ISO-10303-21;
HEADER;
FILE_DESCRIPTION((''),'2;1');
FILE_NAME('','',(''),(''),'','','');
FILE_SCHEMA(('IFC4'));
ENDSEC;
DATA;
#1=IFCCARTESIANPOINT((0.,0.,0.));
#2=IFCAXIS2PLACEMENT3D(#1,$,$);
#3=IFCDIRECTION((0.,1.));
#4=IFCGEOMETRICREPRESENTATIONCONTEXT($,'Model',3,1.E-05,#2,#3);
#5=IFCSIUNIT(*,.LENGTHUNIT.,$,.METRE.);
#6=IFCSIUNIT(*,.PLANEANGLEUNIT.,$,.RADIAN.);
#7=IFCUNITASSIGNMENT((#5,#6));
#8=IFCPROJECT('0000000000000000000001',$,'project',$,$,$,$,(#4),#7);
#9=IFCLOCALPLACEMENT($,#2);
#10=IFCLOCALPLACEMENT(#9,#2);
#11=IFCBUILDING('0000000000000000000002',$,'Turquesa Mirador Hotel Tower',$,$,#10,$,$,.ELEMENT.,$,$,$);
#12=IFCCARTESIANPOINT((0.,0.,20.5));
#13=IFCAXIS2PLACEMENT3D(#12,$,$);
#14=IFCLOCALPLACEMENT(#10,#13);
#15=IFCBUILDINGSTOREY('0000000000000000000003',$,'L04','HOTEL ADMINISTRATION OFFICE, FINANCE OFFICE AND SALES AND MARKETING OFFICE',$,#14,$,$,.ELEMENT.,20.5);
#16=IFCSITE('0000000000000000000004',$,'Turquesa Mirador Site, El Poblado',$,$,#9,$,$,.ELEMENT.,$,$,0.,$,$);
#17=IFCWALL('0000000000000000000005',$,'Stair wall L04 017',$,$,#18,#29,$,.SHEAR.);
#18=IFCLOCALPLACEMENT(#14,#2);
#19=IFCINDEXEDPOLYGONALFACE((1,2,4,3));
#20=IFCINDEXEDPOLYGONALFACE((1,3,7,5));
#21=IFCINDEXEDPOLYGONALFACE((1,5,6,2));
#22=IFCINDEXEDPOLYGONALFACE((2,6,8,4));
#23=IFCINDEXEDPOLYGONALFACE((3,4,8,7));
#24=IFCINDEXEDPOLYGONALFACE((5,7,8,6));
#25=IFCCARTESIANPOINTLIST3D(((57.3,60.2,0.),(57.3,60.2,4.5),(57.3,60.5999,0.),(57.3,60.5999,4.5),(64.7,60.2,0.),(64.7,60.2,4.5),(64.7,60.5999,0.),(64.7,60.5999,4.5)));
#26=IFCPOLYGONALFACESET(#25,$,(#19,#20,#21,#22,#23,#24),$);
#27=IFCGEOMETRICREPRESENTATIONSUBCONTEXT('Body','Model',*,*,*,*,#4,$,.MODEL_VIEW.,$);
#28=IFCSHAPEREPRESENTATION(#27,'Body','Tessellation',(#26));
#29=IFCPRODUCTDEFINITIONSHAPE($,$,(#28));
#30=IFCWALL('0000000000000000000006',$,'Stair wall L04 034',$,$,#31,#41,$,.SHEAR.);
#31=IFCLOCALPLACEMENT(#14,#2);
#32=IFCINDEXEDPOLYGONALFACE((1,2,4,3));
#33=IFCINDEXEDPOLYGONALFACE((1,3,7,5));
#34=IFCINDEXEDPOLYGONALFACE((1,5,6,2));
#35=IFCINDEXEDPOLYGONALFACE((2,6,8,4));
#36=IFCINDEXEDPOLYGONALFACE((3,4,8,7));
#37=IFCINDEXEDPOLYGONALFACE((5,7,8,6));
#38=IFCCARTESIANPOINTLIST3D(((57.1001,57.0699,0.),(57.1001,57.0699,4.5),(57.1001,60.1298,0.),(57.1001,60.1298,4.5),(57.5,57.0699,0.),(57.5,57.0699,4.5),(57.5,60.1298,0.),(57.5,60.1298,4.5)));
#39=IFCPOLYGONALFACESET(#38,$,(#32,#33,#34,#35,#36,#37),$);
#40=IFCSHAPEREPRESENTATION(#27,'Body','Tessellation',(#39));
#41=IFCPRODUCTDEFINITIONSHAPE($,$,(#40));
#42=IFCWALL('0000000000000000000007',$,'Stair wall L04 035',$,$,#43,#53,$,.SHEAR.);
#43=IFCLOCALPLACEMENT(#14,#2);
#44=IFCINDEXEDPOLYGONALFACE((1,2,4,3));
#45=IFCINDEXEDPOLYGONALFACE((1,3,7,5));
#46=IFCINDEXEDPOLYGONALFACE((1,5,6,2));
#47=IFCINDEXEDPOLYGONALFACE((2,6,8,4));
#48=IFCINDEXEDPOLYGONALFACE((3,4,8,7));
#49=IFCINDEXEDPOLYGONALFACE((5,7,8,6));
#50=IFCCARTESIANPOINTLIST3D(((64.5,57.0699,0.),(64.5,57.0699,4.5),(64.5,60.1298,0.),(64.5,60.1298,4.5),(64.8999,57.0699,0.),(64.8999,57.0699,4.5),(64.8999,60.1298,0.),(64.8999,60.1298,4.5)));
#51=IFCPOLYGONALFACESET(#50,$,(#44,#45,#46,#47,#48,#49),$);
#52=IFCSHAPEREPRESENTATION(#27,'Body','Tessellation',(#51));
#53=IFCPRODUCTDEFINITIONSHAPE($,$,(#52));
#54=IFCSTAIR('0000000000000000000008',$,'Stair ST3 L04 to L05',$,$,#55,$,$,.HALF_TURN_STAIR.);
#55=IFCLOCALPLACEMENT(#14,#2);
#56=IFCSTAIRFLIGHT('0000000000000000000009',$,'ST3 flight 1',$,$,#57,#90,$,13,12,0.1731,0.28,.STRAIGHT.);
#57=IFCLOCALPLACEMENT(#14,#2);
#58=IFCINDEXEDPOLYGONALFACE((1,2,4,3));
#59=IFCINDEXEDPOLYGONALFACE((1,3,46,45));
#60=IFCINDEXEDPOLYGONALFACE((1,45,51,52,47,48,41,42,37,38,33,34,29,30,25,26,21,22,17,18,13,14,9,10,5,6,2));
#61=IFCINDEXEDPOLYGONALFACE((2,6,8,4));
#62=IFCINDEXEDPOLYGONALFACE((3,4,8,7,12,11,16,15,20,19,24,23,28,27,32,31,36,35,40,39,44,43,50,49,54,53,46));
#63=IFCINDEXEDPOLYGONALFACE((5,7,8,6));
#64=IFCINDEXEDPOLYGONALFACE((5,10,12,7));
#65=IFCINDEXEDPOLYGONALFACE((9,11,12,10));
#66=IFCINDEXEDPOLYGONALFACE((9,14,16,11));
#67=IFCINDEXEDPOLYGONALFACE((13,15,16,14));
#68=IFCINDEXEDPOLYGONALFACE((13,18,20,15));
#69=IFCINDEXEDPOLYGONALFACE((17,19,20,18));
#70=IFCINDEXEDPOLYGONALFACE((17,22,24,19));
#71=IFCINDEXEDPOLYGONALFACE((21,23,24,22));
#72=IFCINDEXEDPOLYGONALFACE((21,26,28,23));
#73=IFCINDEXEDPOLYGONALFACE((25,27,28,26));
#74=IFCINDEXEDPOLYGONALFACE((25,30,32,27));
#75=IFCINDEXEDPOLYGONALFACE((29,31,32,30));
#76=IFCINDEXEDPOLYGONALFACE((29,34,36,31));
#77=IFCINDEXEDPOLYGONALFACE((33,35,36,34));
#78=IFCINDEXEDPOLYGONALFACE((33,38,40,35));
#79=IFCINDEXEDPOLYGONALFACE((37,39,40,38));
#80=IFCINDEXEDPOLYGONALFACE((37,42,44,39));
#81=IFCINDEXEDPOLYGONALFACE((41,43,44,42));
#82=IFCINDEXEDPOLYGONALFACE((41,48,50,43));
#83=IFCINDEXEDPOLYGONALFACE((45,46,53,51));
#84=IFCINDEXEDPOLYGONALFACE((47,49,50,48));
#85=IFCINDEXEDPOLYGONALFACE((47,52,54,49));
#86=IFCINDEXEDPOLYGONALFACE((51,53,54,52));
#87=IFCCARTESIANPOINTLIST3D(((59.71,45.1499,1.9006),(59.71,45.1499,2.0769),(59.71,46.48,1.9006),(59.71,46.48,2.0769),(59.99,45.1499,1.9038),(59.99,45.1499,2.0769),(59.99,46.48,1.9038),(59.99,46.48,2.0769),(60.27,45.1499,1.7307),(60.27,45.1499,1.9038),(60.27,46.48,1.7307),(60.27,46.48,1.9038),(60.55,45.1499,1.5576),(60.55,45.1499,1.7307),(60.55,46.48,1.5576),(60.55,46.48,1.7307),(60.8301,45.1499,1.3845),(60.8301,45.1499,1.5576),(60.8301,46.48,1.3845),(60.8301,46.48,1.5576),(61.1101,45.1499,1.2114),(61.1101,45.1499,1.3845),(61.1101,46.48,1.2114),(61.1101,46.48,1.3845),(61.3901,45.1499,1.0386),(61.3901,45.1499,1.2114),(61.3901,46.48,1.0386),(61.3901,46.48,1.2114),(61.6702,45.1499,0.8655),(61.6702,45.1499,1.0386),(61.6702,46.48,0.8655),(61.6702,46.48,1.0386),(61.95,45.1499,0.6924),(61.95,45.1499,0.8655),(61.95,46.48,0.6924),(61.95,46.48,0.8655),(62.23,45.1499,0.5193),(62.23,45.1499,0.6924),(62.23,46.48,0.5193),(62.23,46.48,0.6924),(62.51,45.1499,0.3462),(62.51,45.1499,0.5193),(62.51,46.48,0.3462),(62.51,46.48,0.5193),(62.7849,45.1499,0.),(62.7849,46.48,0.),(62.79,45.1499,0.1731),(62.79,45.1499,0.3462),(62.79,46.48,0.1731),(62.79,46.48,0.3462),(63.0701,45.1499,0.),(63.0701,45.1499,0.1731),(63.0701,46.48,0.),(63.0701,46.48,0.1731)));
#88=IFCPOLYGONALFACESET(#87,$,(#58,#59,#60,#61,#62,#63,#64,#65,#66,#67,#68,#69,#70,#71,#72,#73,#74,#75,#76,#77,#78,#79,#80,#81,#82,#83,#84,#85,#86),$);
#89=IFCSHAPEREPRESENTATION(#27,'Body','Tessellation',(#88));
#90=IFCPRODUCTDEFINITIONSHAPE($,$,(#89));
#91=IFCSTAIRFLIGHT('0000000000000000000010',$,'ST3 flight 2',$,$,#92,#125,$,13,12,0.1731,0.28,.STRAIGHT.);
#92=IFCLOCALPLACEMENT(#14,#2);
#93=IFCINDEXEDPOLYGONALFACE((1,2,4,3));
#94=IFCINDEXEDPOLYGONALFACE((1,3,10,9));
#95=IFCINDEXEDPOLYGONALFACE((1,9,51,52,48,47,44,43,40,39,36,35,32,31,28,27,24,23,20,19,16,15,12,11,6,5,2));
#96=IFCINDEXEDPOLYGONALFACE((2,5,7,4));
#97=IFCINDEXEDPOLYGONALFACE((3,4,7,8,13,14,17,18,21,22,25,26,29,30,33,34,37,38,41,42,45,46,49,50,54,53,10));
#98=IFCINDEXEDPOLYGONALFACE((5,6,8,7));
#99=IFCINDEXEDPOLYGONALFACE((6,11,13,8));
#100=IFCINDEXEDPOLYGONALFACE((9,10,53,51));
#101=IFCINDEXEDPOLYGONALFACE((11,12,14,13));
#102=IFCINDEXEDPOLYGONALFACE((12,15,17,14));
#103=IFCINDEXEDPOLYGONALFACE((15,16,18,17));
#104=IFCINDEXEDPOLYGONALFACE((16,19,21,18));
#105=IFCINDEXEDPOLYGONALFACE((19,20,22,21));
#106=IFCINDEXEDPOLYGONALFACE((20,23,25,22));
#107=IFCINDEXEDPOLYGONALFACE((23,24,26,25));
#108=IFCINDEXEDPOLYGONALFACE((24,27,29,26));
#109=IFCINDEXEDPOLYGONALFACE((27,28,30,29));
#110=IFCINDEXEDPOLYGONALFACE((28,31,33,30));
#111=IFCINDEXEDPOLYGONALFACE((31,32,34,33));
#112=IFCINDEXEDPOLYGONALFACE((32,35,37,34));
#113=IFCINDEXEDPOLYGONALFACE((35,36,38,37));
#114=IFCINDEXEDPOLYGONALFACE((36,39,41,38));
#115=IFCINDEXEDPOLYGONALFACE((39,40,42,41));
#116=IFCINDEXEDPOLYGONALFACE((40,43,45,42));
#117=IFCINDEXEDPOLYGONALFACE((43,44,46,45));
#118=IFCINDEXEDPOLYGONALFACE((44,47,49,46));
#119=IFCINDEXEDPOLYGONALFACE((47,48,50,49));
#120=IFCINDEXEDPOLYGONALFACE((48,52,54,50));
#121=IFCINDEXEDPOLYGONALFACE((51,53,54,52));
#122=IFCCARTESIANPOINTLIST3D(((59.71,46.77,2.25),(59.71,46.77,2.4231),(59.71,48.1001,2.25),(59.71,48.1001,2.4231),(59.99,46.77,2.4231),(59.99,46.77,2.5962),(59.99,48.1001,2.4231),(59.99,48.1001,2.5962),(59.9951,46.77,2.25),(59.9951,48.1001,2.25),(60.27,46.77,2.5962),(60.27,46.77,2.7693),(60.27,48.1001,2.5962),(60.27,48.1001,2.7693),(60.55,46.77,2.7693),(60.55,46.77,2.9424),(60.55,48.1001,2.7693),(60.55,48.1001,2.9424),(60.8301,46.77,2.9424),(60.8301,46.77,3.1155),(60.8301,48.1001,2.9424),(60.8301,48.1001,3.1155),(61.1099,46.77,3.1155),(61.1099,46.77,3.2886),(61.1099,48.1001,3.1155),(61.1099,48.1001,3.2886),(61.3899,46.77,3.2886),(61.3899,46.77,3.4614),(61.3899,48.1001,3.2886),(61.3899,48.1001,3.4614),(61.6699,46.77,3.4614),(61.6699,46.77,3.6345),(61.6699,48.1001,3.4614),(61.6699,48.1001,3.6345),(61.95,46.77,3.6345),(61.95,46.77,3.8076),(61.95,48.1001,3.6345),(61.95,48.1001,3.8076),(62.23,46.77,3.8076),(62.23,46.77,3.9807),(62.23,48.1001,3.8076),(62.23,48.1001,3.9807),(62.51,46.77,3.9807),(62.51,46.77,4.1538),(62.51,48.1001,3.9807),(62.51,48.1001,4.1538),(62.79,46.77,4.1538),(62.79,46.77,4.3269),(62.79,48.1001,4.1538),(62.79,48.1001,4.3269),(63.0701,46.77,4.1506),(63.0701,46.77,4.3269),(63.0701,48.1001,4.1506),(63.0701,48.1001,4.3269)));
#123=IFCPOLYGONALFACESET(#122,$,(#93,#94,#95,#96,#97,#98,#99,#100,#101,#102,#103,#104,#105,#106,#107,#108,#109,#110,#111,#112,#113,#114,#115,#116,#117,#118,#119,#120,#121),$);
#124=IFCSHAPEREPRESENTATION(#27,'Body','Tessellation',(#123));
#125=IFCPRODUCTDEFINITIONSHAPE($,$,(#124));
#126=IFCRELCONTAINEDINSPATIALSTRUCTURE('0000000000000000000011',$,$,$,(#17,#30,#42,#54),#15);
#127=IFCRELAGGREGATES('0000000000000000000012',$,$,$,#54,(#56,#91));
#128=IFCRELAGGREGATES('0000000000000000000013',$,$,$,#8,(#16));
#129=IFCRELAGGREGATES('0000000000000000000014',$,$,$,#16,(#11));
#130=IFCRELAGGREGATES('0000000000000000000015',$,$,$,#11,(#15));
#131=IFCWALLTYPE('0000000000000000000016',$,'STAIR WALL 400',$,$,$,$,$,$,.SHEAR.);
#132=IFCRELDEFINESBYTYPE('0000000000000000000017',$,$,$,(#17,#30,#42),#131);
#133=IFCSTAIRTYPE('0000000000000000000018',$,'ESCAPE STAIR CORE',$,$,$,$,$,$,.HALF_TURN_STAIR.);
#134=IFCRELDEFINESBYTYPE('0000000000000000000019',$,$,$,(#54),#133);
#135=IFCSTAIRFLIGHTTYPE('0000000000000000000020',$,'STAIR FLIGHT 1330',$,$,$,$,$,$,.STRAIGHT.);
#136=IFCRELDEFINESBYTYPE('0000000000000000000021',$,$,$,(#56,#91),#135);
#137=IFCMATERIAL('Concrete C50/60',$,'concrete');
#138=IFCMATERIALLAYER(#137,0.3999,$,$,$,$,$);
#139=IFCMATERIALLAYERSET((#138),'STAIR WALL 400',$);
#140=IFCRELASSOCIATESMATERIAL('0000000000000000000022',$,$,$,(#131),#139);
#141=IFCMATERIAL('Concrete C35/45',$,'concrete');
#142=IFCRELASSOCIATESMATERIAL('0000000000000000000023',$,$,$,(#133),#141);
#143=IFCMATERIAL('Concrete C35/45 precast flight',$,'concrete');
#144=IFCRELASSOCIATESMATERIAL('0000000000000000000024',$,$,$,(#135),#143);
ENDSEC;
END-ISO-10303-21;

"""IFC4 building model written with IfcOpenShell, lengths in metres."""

from ifc_helpers import new_model, si_unit, direction, frame, frame_2d, origin, place, context, subcontext, project, spatial, polyline, rectangle, outline, extrude, material, layer, layer_set, type_object, element, aggregate, save


model = new_model("IFC4")

# Units and contexts
model_context = context("Model", 3, precision=1e-05, world=origin(), true_north=direction((0.0, 1.0)))
body_context = subcontext(model_context, "Body", "Model", "MODEL_VIEW")
ifc_project = project(units=[si_unit("LENGTHUNIT", "METRE"), si_unit("PLANEANGLEUNIT", "RADIAN")], contexts=[model_context])

# Site, building, storey
site_placement = place(None, origin())
site = spatial("IfcSite", under=ifc_project, at=site_placement, Name="Turquesa Mirador Site, El Poblado", CompositionType="ELEMENT", RefElevation=0.0)
building_placement = place(site_placement, origin())
building = spatial("IfcBuilding", under=site, at=building_placement, Name="Turquesa Mirador Hotel Tower", CompositionType="ELEMENT")
storey_placement = place(building_placement, frame((0.0, 0.0, 20.5)))
storey = spatial("IfcBuildingStorey", under=building, at=storey_placement, Name="L04", Description="HOTEL ADMINISTRATION OFFICE, FINANCE OFFICE AND SALES AND MARKETING OFFICE", CompositionType="ELEMENT", Elevation=20.5)

# Shared definitions
ifc_material_1 = material(Name="Concrete C50/60", Category="concrete")
ifc_layer_1 = layer(ifc_material_1, 0.3999)
ifc_layer_set_1 = layer_set([ifc_layer_1], Name="STAIR WALL 400")
wall_type_1 = type_object("IfcWallType", Name="STAIR WALL 400", PredefinedType="SHEAR", material=ifc_layer_set_1)

# Walls
wall_1_placement = place(storey_placement, frame((57.3, 60.3999, 0.0), z_axis=(0.0, 0.0, 1.0), x_axis=(1.0, 0.0, 0.0)))
element("IfcWall", 1, at=wall_1_placement, inside=storey, type_object=wall_type_1, Name="Stair wall L04 017", PredefinedType="SHEAR", context=body_context, shape_type="SweptSolid", body=[
    extrude(rectangle(XDim=7.3999, YDim=0.3999, at=frame_2d((3.7, 0.0))), origin(), (0.0, 0.0, 1.0), 4.5),
])
for number, where, z_axis, x_axis, name in (
    (2, (57.3, 57.0701, 0.0), (0.0, 0.0, 1.0), (0.0, 1.0, 0.0), "Stair wall L04 034"),
    (3, (64.7, 57.0701, 0.0), (0.0, 0.0, 1.0), (0.0, 1.0, 0.0), "Stair wall L04 035"),
):
    element("IfcWall", number, at=place(storey_placement, frame(where, z_axis=z_axis, x_axis=x_axis)), inside=storey, type_object=wall_type_1, Name=name, PredefinedType="SHEAR", context=body_context, shape_type="SweptSolid", body=[
        extrude(rectangle(XDim=3.0598, YDim=0.3999, at=frame_2d((1.5298, 0.0))), origin(), (0.0, 0.0, 1.0), 4.5),
    ])

# Stair, stair flights
ifc_material_2 = material(Name="Concrete C35/45", Category="concrete")
stair_type = type_object("IfcStairType", Name="ESCAPE STAIR CORE", PredefinedType="HALF_TURN_STAIR", material=ifc_material_2)
stair_placement = place(storey_placement, origin())
stair = element("IfcStair", 4, at=stair_placement, inside=storey, type_object=stair_type, Name="Stair ST3 L04 to L05", PredefinedType="HALF_TURN_STAIR")
ifc_material_3 = material(Name="Concrete C35/45 precast flight", Category="concrete")
stair_flight_type = type_object("IfcStairFlightType", Name="STAIR FLIGHT 1330", PredefinedType="STRAIGHT", material=ifc_material_3)
stair_flight_1_placement = place(storey_placement, frame((63.0701, 45.8149, 0.0), z_axis=(0.0, 0.0, 1.0), x_axis=(-1.0, 0.0, 0.0)))
stair_flight_1 = element("IfcStairFlight", 5, at=stair_flight_1_placement, type_object=stair_flight_type, Name="ST3 flight 1", NumberOfRisers=13, NumberOfTreads=12, PredefinedType="STRAIGHT", RiserHeight=0.1731, TreadLength=0.28, context=body_context, shape_type="SweptSolid", body=[
    extrude(outline(polyline([(0.0, 0.0), (0.0, 0.1731), (0.28, 0.1731), (0.28, 0.3462), (0.5601, 0.3462), (0.5601, 0.5193), (0.8401, 0.5193), (0.8401, 0.6924), (1.1201, 0.6924), (1.1201, 0.8655), (1.3999, 0.8655), (1.3999, 1.0386), (1.6799, 1.0386), (1.6799, 1.2114), (1.96, 1.2114), (1.96, 1.3845), (2.24, 1.3845), (2.24, 1.5576), (2.52, 1.5576), (2.52, 1.7307), (2.8, 1.7307), (2.8, 1.9038), (3.0801, 1.9038), (3.0801, 2.0769), (3.3601, 2.0769), (3.3601, 2.25), (3.3601, 1.9006), (0.2852, 0.0), (0.0, 0.0)])), frame((0.0, 0.665, 0.0), z_axis=(0.0, -1.0, 0.0), x_axis=(1.0, 0.0, 0.0)), (0.0, 0.0, 1.0), 1.3301),
])
stair_flight_2_placement = place(storey_placement, frame((59.71, 47.4351, 2.25), z_axis=(0.0, 0.0, 1.0), x_axis=(1.0, 0.0, 0.0)))
stair_flight_2 = element("IfcStairFlight", 6, at=stair_flight_2_placement, type_object=stair_flight_type, Name="ST3 flight 2", NumberOfRisers=13, NumberOfTreads=12, PredefinedType="STRAIGHT", RiserHeight=0.1731, TreadLength=0.28, context=body_context, shape_type="SweptSolid", body=[
    extrude(outline(polyline([(0.0, 0.0), (0.0, 0.1731), (0.28, 0.1731), (0.28, 0.3462), (0.5601, 0.3462), (0.5601, 0.5193), (0.8401, 0.5193), (0.8401, 0.6924), (1.1201, 0.6924), (1.1201, 0.8655), (1.3999, 0.8655), (1.3999, 1.0386), (1.6799, 1.0386), (1.6799, 1.2114), (1.96, 1.2114), (1.96, 1.3845), (2.24, 1.3845), (2.24, 1.5576), (2.52, 1.5576), (2.52, 1.7307), (2.8, 1.7307), (2.8, 1.9038), (3.0801, 1.9038), (3.0801, 2.0769), (3.3601, 2.0769), (3.3601, 2.25), (3.3601, 1.9006), (0.2852, 0.0), (0.0, 0.0)])), frame((0.0, 0.665, 0.0), z_axis=(0.0, -1.0, 0.0), x_axis=(1.0, 0.0, 0.0)), (0.0, 0.0, 1.0), 1.3301),
])
aggregate(stair, [stair_flight_1, stair_flight_2])

save(model, "model.ifc")
